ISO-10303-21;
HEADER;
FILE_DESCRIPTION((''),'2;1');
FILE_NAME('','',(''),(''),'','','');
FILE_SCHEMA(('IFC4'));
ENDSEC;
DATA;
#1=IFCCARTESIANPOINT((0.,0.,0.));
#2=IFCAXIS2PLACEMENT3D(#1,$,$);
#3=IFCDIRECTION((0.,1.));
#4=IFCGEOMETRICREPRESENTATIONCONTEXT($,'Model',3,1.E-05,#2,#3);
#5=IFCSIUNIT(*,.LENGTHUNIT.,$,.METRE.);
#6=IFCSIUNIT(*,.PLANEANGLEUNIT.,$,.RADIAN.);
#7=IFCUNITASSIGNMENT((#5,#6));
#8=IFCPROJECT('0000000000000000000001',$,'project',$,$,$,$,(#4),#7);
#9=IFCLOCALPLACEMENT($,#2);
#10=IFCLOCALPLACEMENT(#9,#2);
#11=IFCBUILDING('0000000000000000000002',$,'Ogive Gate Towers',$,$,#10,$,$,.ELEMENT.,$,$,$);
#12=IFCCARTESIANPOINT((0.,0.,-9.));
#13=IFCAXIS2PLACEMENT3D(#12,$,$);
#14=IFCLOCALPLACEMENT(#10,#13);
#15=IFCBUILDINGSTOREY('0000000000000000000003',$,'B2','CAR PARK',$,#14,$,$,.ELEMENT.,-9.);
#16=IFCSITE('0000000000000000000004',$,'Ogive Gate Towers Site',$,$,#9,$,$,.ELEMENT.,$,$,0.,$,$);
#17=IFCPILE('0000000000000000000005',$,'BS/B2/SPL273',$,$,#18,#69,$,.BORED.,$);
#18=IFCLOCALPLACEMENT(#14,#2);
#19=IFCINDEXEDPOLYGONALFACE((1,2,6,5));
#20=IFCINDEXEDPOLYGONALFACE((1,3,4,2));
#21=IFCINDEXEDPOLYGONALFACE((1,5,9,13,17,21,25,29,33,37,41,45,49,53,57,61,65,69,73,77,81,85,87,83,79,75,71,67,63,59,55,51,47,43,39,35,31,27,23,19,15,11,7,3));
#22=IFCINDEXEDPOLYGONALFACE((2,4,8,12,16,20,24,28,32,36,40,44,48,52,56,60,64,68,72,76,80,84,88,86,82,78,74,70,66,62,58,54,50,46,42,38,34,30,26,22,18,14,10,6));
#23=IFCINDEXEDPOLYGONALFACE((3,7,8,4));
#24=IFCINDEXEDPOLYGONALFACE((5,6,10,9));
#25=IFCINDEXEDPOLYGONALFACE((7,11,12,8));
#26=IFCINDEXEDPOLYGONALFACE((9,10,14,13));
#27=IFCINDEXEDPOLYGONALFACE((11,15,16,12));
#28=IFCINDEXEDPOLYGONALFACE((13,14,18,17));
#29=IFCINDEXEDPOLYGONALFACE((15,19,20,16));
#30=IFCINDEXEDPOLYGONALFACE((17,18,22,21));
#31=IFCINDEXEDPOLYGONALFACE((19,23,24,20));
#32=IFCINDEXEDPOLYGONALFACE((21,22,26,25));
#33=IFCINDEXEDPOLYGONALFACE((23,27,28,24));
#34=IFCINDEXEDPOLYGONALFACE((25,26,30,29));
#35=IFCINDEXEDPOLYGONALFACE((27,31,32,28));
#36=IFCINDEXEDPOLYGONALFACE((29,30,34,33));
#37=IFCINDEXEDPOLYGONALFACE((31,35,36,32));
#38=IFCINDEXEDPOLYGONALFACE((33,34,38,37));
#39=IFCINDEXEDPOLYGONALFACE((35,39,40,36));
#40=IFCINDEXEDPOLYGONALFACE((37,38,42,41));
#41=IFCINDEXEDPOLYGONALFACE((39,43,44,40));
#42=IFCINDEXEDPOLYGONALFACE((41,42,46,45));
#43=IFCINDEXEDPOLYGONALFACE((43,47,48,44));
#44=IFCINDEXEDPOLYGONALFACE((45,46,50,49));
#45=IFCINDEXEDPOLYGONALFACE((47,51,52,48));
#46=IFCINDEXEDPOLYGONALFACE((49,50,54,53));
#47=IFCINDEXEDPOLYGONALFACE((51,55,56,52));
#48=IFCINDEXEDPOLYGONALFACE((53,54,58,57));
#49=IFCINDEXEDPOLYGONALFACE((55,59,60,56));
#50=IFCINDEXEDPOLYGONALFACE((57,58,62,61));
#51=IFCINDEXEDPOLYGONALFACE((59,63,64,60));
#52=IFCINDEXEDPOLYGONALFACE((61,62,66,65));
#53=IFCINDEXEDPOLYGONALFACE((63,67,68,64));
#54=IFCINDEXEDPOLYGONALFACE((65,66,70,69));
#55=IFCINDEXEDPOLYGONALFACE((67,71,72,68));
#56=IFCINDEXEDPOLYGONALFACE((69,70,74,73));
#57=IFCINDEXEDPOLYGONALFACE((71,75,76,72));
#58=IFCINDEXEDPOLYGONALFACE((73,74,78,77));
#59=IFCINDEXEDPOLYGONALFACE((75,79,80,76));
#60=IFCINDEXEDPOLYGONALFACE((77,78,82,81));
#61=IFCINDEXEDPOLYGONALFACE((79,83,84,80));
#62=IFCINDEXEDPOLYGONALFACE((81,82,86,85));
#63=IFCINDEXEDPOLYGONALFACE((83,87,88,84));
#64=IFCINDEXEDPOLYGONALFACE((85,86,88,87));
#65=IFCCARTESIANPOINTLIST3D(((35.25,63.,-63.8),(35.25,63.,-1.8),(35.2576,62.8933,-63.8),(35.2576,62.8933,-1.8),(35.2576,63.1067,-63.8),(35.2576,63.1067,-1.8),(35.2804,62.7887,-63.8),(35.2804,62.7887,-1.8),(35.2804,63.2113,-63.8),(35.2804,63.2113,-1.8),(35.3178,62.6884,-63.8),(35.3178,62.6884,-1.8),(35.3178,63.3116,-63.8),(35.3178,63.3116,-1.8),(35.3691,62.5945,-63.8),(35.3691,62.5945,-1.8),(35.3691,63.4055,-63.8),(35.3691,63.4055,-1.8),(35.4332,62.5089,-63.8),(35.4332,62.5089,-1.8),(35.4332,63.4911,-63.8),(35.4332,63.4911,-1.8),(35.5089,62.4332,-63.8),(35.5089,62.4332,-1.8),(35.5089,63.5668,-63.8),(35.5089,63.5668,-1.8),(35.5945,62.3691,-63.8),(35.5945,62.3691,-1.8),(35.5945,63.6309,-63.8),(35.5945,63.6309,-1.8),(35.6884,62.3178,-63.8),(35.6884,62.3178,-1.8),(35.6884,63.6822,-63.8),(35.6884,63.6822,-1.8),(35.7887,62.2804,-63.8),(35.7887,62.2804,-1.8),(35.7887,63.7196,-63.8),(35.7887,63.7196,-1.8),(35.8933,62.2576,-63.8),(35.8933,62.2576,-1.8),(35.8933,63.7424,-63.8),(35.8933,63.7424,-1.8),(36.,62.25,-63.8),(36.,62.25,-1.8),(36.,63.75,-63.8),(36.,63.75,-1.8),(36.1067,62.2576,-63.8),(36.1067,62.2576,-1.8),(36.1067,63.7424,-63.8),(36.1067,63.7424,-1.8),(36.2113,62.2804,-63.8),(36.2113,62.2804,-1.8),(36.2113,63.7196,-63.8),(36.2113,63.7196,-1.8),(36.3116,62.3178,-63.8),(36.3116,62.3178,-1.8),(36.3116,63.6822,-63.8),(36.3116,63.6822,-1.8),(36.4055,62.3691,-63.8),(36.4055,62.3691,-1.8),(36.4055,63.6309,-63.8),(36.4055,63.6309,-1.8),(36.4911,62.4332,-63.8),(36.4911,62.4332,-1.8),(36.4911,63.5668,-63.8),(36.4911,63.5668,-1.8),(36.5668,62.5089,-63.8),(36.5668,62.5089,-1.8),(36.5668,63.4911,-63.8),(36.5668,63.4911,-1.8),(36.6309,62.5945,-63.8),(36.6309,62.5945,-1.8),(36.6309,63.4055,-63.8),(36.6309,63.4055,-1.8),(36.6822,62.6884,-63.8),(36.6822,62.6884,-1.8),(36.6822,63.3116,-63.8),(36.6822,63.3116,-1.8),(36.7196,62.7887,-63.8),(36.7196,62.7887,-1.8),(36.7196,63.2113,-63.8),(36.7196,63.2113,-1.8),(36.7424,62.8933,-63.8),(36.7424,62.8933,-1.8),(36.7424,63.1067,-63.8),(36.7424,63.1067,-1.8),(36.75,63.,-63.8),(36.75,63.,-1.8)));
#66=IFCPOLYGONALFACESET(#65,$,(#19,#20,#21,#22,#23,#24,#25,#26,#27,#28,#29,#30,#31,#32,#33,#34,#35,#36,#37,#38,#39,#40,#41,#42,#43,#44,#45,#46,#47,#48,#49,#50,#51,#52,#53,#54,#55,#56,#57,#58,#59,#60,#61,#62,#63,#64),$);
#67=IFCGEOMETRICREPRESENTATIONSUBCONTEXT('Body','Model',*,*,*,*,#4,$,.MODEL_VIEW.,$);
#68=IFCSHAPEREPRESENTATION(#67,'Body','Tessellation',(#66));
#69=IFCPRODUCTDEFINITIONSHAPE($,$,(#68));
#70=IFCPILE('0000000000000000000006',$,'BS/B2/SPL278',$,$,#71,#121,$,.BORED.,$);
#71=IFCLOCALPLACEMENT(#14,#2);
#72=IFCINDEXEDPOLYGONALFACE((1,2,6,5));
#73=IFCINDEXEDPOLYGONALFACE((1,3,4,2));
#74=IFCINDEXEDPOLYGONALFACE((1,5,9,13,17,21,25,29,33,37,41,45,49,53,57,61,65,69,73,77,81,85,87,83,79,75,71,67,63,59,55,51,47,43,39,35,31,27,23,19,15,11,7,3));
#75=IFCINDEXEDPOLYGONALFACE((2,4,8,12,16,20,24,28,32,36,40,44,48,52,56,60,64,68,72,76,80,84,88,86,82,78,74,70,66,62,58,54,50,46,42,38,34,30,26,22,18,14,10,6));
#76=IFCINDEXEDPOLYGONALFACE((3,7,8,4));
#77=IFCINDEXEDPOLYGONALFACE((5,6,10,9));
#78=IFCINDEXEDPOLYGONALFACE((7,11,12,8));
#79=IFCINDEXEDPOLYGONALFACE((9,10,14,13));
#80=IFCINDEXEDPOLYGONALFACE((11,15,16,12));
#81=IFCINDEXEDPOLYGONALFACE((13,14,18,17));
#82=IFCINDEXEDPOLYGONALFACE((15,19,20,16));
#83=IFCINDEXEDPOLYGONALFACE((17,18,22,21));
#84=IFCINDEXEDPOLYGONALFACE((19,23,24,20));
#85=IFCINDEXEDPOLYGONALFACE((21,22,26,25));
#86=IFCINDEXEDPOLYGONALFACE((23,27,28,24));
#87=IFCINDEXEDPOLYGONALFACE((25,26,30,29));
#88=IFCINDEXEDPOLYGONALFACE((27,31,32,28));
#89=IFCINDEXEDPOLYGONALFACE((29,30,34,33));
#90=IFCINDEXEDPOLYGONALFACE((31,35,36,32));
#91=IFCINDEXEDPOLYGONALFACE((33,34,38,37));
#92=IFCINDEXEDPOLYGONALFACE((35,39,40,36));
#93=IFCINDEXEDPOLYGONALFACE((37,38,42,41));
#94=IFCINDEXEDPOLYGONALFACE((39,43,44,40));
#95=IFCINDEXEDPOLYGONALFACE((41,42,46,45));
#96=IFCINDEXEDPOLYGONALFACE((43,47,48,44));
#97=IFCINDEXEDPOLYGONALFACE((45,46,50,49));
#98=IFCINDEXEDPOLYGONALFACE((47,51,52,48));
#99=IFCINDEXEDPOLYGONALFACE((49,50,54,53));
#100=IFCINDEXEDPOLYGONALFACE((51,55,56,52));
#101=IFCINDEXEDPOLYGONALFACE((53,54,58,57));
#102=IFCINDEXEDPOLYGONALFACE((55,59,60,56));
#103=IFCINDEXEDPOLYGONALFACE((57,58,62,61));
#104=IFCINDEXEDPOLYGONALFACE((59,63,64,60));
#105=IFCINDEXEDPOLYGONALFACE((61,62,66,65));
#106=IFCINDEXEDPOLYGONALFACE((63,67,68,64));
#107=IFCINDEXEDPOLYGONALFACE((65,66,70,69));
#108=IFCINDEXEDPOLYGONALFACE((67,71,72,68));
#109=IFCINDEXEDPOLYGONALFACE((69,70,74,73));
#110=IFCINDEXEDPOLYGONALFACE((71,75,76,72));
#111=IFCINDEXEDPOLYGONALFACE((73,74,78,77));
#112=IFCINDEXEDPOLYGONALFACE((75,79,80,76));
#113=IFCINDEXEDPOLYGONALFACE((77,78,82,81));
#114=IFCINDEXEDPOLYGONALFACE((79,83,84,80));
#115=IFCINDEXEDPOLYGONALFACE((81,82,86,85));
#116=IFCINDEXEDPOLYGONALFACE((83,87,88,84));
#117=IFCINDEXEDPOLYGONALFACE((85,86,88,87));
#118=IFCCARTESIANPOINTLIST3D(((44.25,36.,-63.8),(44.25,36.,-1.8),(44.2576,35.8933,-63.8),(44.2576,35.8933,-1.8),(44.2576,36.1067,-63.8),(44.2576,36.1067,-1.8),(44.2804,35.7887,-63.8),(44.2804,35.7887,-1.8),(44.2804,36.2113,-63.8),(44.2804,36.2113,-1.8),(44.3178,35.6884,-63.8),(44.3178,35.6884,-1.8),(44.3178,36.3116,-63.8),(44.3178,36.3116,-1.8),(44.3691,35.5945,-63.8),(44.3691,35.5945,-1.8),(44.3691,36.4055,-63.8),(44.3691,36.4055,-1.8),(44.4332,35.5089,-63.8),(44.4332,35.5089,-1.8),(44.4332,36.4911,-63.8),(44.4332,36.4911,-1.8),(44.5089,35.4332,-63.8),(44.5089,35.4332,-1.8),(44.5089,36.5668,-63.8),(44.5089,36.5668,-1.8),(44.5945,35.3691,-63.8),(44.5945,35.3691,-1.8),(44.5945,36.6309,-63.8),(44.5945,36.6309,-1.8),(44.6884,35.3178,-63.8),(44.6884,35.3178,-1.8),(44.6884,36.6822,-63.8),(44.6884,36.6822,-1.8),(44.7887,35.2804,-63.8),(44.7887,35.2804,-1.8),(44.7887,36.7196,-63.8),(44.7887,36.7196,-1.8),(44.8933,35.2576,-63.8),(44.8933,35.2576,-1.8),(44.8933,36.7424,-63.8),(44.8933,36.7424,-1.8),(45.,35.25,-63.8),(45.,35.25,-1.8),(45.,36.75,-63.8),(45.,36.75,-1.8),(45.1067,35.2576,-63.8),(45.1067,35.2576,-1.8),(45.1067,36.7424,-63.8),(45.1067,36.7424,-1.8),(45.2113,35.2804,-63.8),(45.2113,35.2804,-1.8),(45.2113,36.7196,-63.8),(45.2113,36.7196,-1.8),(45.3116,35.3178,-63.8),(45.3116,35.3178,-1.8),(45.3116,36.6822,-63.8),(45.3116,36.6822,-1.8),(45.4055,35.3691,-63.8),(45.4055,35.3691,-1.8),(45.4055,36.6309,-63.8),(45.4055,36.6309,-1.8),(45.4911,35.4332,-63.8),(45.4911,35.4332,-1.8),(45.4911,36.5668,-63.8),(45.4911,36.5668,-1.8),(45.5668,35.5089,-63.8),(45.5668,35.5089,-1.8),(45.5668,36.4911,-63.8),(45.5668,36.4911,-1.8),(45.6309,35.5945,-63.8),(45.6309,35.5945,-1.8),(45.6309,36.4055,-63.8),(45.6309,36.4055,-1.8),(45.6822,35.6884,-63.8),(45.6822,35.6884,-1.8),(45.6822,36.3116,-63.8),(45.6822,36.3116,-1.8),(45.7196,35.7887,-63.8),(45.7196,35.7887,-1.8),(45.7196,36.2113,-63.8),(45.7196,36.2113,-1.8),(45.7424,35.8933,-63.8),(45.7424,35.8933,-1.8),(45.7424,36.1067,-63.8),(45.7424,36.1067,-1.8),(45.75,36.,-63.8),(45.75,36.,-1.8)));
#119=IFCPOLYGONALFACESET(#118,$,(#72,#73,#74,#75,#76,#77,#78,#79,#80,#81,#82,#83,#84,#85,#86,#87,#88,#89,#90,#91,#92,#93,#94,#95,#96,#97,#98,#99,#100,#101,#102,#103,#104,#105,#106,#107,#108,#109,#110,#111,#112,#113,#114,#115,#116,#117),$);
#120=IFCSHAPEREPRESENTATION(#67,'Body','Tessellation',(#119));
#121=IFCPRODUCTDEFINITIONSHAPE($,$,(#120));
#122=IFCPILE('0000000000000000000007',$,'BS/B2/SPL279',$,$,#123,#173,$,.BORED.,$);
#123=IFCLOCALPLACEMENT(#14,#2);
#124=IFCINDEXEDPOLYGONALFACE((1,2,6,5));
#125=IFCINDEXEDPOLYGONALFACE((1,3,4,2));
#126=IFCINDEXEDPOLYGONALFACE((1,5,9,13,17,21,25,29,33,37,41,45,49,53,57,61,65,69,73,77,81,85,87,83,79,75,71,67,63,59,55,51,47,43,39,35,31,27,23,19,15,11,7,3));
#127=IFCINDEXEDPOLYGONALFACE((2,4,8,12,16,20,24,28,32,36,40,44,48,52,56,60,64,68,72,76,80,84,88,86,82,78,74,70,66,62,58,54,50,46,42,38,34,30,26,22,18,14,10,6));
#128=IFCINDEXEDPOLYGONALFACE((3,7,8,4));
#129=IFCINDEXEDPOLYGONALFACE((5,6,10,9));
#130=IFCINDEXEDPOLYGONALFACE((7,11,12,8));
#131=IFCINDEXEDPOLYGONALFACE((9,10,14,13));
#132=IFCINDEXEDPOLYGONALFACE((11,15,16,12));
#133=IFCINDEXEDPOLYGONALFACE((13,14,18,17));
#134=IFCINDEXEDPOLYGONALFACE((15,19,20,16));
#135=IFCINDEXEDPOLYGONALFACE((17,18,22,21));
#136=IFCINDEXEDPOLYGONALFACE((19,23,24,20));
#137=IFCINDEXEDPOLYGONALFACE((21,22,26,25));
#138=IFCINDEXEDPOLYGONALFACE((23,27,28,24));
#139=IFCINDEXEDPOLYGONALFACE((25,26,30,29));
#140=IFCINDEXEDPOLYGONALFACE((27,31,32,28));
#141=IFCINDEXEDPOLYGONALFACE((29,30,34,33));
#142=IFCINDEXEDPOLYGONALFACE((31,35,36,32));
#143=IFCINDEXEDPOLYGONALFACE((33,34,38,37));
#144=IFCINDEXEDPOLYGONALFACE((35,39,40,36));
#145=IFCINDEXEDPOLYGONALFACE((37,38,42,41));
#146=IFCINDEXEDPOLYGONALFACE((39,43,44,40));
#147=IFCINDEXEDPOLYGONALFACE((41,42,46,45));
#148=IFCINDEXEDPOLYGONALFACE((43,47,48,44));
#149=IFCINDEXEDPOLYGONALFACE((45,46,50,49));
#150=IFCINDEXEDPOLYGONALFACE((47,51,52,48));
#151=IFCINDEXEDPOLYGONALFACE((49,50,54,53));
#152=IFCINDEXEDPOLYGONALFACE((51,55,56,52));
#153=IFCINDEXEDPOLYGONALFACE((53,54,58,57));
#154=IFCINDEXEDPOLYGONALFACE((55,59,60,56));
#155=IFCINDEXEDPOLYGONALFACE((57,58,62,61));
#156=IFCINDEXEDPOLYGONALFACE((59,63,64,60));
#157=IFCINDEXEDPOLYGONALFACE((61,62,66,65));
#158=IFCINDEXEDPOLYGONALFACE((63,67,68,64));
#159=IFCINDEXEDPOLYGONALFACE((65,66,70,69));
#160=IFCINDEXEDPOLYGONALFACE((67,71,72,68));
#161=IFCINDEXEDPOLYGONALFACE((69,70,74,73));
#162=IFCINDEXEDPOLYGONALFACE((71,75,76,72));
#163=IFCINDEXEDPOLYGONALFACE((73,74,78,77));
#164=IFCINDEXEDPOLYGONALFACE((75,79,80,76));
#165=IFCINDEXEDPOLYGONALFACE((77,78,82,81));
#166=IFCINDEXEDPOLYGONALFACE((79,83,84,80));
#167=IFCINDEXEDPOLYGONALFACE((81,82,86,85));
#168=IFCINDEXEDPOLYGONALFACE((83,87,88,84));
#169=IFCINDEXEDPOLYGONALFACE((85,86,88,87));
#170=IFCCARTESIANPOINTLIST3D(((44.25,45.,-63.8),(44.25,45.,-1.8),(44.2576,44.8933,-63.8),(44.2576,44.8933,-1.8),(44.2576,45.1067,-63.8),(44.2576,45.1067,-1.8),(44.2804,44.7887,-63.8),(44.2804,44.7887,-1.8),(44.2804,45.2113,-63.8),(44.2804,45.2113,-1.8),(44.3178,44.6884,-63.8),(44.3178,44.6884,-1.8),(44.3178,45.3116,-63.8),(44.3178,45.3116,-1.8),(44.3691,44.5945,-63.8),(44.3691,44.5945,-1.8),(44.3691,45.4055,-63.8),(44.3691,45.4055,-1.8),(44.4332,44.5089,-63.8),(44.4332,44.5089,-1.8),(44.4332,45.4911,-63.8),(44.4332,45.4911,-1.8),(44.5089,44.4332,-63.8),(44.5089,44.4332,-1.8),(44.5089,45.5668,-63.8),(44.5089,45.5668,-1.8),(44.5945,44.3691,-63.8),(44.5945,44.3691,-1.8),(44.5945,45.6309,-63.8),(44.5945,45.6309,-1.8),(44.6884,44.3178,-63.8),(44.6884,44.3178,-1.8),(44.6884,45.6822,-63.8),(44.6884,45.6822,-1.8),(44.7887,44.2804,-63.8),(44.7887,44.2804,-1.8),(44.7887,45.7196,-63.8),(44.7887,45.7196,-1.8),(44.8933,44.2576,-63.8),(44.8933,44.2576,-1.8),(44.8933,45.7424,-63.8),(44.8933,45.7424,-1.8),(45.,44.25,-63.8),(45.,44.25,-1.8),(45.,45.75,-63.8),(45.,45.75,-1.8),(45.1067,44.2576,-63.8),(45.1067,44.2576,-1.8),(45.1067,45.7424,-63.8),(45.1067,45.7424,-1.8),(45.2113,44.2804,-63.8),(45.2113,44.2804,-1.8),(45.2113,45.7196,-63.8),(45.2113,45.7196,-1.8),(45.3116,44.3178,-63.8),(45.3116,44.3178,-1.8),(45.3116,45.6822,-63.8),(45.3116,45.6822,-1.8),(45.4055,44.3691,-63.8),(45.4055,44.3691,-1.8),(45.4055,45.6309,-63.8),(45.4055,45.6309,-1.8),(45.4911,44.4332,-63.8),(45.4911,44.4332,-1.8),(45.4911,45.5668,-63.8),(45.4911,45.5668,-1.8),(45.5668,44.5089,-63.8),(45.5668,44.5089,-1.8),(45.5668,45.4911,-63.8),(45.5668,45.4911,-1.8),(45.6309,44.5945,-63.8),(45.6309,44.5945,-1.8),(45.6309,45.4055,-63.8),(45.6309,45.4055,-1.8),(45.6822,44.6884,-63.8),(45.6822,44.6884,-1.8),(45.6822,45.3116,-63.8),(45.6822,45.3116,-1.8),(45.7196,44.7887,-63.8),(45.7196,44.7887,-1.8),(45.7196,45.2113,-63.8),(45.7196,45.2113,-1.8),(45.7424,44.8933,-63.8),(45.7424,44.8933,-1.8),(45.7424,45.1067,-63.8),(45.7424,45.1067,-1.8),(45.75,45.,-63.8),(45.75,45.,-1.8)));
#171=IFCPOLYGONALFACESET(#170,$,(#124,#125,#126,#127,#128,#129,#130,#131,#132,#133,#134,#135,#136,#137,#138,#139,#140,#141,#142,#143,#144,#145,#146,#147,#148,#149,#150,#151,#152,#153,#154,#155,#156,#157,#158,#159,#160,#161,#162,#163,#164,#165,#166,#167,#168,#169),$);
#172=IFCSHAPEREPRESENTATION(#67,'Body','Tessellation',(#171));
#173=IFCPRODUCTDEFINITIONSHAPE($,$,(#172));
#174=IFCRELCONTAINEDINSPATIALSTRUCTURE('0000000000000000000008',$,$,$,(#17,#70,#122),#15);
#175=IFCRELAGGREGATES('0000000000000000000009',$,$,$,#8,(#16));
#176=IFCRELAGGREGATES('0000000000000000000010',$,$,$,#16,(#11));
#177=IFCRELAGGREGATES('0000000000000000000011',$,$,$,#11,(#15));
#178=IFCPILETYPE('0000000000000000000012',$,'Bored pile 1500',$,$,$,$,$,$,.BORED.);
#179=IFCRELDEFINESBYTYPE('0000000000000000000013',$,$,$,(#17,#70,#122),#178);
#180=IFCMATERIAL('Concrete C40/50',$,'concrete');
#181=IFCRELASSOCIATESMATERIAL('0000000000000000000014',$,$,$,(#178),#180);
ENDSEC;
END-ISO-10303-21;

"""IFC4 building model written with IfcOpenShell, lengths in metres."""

from ifc_helpers import new_model, si_unit, direction, frame, origin, origin_2d, place, context, subcontext, project, spatial, circle, extrude, material, material_profile, profile_set, type_object, element, save


model = new_model("IFC4")

# Units and contexts
model_context = context("Model", 3, precision=1e-05, world=origin(), true_north=direction((0.0, 1.0)))
body_context = subcontext(model_context, "Body", "Model", "MODEL_VIEW")
ifc_project = project(units=[si_unit("LENGTHUNIT", "METRE"), si_unit("PLANEANGLEUNIT", "RADIAN")], contexts=[model_context])

# Site, building, storey
site_placement = place(None, origin())
site = spatial("IfcSite", under=ifc_project, at=site_placement, Name="Ogive Gate Towers Site", CompositionType="ELEMENT", RefElevation=0.0)
building_placement = place(site_placement, origin())
building = spatial("IfcBuilding", under=site, at=building_placement, Name="Ogive Gate Towers", CompositionType="ELEMENT")
storey_placement = place(building_placement, frame((0.0, 0.0, -9.0)))
storey = spatial("IfcBuildingStorey", under=building, at=storey_placement, Name="B2", Description="CAR PARK", CompositionType="ELEMENT", Elevation=-9.0)

# Piles
ifc_material_1 = material(Name="Concrete C40/50", Category="concrete")
ifc_material_profile_1 = material_profile(ifc_material_1, circle(Radius=0.75, at=origin_2d()), Name="BP 1500")
ifc_profile_set_1 = profile_set([ifc_material_profile_1], Name="Concrete C40/50")
pile_type = type_object("IfcPileType", Name="Bored pile 1500", PredefinedType="BORED", material=ifc_profile_set_1)
for number, where, z_axis, x_axis, name in (
    (1, (36.0, 63.0, -1.8), (0.0, 0.0, -1.0), (1.0, 0.0, 0.0), "BS/B2/SPL273"),
    (2, (45.0, 36.0, -1.8), (0.0, 0.0, -1.0), (1.0, 0.0, 0.0), "BS/B2/SPL278"),
    (3, (45.0, 45.0, -1.8), (0.0, 0.0, -1.0), (1.0, 0.0, 0.0), "BS/B2/SPL279"),
):
    element("IfcPile", number, at=place(storey_placement, frame(where, z_axis=z_axis, x_axis=x_axis)), inside=storey, type_object=pile_type, Name=name, PredefinedType="BORED", context=body_context, shape_type="SweptSolid", body=[
        extrude(circle(Radius=0.75, at=origin_2d()), origin(), (0.0, 0.0, 1.0), 62.0),
    ])

save(model, "model.ifc")
